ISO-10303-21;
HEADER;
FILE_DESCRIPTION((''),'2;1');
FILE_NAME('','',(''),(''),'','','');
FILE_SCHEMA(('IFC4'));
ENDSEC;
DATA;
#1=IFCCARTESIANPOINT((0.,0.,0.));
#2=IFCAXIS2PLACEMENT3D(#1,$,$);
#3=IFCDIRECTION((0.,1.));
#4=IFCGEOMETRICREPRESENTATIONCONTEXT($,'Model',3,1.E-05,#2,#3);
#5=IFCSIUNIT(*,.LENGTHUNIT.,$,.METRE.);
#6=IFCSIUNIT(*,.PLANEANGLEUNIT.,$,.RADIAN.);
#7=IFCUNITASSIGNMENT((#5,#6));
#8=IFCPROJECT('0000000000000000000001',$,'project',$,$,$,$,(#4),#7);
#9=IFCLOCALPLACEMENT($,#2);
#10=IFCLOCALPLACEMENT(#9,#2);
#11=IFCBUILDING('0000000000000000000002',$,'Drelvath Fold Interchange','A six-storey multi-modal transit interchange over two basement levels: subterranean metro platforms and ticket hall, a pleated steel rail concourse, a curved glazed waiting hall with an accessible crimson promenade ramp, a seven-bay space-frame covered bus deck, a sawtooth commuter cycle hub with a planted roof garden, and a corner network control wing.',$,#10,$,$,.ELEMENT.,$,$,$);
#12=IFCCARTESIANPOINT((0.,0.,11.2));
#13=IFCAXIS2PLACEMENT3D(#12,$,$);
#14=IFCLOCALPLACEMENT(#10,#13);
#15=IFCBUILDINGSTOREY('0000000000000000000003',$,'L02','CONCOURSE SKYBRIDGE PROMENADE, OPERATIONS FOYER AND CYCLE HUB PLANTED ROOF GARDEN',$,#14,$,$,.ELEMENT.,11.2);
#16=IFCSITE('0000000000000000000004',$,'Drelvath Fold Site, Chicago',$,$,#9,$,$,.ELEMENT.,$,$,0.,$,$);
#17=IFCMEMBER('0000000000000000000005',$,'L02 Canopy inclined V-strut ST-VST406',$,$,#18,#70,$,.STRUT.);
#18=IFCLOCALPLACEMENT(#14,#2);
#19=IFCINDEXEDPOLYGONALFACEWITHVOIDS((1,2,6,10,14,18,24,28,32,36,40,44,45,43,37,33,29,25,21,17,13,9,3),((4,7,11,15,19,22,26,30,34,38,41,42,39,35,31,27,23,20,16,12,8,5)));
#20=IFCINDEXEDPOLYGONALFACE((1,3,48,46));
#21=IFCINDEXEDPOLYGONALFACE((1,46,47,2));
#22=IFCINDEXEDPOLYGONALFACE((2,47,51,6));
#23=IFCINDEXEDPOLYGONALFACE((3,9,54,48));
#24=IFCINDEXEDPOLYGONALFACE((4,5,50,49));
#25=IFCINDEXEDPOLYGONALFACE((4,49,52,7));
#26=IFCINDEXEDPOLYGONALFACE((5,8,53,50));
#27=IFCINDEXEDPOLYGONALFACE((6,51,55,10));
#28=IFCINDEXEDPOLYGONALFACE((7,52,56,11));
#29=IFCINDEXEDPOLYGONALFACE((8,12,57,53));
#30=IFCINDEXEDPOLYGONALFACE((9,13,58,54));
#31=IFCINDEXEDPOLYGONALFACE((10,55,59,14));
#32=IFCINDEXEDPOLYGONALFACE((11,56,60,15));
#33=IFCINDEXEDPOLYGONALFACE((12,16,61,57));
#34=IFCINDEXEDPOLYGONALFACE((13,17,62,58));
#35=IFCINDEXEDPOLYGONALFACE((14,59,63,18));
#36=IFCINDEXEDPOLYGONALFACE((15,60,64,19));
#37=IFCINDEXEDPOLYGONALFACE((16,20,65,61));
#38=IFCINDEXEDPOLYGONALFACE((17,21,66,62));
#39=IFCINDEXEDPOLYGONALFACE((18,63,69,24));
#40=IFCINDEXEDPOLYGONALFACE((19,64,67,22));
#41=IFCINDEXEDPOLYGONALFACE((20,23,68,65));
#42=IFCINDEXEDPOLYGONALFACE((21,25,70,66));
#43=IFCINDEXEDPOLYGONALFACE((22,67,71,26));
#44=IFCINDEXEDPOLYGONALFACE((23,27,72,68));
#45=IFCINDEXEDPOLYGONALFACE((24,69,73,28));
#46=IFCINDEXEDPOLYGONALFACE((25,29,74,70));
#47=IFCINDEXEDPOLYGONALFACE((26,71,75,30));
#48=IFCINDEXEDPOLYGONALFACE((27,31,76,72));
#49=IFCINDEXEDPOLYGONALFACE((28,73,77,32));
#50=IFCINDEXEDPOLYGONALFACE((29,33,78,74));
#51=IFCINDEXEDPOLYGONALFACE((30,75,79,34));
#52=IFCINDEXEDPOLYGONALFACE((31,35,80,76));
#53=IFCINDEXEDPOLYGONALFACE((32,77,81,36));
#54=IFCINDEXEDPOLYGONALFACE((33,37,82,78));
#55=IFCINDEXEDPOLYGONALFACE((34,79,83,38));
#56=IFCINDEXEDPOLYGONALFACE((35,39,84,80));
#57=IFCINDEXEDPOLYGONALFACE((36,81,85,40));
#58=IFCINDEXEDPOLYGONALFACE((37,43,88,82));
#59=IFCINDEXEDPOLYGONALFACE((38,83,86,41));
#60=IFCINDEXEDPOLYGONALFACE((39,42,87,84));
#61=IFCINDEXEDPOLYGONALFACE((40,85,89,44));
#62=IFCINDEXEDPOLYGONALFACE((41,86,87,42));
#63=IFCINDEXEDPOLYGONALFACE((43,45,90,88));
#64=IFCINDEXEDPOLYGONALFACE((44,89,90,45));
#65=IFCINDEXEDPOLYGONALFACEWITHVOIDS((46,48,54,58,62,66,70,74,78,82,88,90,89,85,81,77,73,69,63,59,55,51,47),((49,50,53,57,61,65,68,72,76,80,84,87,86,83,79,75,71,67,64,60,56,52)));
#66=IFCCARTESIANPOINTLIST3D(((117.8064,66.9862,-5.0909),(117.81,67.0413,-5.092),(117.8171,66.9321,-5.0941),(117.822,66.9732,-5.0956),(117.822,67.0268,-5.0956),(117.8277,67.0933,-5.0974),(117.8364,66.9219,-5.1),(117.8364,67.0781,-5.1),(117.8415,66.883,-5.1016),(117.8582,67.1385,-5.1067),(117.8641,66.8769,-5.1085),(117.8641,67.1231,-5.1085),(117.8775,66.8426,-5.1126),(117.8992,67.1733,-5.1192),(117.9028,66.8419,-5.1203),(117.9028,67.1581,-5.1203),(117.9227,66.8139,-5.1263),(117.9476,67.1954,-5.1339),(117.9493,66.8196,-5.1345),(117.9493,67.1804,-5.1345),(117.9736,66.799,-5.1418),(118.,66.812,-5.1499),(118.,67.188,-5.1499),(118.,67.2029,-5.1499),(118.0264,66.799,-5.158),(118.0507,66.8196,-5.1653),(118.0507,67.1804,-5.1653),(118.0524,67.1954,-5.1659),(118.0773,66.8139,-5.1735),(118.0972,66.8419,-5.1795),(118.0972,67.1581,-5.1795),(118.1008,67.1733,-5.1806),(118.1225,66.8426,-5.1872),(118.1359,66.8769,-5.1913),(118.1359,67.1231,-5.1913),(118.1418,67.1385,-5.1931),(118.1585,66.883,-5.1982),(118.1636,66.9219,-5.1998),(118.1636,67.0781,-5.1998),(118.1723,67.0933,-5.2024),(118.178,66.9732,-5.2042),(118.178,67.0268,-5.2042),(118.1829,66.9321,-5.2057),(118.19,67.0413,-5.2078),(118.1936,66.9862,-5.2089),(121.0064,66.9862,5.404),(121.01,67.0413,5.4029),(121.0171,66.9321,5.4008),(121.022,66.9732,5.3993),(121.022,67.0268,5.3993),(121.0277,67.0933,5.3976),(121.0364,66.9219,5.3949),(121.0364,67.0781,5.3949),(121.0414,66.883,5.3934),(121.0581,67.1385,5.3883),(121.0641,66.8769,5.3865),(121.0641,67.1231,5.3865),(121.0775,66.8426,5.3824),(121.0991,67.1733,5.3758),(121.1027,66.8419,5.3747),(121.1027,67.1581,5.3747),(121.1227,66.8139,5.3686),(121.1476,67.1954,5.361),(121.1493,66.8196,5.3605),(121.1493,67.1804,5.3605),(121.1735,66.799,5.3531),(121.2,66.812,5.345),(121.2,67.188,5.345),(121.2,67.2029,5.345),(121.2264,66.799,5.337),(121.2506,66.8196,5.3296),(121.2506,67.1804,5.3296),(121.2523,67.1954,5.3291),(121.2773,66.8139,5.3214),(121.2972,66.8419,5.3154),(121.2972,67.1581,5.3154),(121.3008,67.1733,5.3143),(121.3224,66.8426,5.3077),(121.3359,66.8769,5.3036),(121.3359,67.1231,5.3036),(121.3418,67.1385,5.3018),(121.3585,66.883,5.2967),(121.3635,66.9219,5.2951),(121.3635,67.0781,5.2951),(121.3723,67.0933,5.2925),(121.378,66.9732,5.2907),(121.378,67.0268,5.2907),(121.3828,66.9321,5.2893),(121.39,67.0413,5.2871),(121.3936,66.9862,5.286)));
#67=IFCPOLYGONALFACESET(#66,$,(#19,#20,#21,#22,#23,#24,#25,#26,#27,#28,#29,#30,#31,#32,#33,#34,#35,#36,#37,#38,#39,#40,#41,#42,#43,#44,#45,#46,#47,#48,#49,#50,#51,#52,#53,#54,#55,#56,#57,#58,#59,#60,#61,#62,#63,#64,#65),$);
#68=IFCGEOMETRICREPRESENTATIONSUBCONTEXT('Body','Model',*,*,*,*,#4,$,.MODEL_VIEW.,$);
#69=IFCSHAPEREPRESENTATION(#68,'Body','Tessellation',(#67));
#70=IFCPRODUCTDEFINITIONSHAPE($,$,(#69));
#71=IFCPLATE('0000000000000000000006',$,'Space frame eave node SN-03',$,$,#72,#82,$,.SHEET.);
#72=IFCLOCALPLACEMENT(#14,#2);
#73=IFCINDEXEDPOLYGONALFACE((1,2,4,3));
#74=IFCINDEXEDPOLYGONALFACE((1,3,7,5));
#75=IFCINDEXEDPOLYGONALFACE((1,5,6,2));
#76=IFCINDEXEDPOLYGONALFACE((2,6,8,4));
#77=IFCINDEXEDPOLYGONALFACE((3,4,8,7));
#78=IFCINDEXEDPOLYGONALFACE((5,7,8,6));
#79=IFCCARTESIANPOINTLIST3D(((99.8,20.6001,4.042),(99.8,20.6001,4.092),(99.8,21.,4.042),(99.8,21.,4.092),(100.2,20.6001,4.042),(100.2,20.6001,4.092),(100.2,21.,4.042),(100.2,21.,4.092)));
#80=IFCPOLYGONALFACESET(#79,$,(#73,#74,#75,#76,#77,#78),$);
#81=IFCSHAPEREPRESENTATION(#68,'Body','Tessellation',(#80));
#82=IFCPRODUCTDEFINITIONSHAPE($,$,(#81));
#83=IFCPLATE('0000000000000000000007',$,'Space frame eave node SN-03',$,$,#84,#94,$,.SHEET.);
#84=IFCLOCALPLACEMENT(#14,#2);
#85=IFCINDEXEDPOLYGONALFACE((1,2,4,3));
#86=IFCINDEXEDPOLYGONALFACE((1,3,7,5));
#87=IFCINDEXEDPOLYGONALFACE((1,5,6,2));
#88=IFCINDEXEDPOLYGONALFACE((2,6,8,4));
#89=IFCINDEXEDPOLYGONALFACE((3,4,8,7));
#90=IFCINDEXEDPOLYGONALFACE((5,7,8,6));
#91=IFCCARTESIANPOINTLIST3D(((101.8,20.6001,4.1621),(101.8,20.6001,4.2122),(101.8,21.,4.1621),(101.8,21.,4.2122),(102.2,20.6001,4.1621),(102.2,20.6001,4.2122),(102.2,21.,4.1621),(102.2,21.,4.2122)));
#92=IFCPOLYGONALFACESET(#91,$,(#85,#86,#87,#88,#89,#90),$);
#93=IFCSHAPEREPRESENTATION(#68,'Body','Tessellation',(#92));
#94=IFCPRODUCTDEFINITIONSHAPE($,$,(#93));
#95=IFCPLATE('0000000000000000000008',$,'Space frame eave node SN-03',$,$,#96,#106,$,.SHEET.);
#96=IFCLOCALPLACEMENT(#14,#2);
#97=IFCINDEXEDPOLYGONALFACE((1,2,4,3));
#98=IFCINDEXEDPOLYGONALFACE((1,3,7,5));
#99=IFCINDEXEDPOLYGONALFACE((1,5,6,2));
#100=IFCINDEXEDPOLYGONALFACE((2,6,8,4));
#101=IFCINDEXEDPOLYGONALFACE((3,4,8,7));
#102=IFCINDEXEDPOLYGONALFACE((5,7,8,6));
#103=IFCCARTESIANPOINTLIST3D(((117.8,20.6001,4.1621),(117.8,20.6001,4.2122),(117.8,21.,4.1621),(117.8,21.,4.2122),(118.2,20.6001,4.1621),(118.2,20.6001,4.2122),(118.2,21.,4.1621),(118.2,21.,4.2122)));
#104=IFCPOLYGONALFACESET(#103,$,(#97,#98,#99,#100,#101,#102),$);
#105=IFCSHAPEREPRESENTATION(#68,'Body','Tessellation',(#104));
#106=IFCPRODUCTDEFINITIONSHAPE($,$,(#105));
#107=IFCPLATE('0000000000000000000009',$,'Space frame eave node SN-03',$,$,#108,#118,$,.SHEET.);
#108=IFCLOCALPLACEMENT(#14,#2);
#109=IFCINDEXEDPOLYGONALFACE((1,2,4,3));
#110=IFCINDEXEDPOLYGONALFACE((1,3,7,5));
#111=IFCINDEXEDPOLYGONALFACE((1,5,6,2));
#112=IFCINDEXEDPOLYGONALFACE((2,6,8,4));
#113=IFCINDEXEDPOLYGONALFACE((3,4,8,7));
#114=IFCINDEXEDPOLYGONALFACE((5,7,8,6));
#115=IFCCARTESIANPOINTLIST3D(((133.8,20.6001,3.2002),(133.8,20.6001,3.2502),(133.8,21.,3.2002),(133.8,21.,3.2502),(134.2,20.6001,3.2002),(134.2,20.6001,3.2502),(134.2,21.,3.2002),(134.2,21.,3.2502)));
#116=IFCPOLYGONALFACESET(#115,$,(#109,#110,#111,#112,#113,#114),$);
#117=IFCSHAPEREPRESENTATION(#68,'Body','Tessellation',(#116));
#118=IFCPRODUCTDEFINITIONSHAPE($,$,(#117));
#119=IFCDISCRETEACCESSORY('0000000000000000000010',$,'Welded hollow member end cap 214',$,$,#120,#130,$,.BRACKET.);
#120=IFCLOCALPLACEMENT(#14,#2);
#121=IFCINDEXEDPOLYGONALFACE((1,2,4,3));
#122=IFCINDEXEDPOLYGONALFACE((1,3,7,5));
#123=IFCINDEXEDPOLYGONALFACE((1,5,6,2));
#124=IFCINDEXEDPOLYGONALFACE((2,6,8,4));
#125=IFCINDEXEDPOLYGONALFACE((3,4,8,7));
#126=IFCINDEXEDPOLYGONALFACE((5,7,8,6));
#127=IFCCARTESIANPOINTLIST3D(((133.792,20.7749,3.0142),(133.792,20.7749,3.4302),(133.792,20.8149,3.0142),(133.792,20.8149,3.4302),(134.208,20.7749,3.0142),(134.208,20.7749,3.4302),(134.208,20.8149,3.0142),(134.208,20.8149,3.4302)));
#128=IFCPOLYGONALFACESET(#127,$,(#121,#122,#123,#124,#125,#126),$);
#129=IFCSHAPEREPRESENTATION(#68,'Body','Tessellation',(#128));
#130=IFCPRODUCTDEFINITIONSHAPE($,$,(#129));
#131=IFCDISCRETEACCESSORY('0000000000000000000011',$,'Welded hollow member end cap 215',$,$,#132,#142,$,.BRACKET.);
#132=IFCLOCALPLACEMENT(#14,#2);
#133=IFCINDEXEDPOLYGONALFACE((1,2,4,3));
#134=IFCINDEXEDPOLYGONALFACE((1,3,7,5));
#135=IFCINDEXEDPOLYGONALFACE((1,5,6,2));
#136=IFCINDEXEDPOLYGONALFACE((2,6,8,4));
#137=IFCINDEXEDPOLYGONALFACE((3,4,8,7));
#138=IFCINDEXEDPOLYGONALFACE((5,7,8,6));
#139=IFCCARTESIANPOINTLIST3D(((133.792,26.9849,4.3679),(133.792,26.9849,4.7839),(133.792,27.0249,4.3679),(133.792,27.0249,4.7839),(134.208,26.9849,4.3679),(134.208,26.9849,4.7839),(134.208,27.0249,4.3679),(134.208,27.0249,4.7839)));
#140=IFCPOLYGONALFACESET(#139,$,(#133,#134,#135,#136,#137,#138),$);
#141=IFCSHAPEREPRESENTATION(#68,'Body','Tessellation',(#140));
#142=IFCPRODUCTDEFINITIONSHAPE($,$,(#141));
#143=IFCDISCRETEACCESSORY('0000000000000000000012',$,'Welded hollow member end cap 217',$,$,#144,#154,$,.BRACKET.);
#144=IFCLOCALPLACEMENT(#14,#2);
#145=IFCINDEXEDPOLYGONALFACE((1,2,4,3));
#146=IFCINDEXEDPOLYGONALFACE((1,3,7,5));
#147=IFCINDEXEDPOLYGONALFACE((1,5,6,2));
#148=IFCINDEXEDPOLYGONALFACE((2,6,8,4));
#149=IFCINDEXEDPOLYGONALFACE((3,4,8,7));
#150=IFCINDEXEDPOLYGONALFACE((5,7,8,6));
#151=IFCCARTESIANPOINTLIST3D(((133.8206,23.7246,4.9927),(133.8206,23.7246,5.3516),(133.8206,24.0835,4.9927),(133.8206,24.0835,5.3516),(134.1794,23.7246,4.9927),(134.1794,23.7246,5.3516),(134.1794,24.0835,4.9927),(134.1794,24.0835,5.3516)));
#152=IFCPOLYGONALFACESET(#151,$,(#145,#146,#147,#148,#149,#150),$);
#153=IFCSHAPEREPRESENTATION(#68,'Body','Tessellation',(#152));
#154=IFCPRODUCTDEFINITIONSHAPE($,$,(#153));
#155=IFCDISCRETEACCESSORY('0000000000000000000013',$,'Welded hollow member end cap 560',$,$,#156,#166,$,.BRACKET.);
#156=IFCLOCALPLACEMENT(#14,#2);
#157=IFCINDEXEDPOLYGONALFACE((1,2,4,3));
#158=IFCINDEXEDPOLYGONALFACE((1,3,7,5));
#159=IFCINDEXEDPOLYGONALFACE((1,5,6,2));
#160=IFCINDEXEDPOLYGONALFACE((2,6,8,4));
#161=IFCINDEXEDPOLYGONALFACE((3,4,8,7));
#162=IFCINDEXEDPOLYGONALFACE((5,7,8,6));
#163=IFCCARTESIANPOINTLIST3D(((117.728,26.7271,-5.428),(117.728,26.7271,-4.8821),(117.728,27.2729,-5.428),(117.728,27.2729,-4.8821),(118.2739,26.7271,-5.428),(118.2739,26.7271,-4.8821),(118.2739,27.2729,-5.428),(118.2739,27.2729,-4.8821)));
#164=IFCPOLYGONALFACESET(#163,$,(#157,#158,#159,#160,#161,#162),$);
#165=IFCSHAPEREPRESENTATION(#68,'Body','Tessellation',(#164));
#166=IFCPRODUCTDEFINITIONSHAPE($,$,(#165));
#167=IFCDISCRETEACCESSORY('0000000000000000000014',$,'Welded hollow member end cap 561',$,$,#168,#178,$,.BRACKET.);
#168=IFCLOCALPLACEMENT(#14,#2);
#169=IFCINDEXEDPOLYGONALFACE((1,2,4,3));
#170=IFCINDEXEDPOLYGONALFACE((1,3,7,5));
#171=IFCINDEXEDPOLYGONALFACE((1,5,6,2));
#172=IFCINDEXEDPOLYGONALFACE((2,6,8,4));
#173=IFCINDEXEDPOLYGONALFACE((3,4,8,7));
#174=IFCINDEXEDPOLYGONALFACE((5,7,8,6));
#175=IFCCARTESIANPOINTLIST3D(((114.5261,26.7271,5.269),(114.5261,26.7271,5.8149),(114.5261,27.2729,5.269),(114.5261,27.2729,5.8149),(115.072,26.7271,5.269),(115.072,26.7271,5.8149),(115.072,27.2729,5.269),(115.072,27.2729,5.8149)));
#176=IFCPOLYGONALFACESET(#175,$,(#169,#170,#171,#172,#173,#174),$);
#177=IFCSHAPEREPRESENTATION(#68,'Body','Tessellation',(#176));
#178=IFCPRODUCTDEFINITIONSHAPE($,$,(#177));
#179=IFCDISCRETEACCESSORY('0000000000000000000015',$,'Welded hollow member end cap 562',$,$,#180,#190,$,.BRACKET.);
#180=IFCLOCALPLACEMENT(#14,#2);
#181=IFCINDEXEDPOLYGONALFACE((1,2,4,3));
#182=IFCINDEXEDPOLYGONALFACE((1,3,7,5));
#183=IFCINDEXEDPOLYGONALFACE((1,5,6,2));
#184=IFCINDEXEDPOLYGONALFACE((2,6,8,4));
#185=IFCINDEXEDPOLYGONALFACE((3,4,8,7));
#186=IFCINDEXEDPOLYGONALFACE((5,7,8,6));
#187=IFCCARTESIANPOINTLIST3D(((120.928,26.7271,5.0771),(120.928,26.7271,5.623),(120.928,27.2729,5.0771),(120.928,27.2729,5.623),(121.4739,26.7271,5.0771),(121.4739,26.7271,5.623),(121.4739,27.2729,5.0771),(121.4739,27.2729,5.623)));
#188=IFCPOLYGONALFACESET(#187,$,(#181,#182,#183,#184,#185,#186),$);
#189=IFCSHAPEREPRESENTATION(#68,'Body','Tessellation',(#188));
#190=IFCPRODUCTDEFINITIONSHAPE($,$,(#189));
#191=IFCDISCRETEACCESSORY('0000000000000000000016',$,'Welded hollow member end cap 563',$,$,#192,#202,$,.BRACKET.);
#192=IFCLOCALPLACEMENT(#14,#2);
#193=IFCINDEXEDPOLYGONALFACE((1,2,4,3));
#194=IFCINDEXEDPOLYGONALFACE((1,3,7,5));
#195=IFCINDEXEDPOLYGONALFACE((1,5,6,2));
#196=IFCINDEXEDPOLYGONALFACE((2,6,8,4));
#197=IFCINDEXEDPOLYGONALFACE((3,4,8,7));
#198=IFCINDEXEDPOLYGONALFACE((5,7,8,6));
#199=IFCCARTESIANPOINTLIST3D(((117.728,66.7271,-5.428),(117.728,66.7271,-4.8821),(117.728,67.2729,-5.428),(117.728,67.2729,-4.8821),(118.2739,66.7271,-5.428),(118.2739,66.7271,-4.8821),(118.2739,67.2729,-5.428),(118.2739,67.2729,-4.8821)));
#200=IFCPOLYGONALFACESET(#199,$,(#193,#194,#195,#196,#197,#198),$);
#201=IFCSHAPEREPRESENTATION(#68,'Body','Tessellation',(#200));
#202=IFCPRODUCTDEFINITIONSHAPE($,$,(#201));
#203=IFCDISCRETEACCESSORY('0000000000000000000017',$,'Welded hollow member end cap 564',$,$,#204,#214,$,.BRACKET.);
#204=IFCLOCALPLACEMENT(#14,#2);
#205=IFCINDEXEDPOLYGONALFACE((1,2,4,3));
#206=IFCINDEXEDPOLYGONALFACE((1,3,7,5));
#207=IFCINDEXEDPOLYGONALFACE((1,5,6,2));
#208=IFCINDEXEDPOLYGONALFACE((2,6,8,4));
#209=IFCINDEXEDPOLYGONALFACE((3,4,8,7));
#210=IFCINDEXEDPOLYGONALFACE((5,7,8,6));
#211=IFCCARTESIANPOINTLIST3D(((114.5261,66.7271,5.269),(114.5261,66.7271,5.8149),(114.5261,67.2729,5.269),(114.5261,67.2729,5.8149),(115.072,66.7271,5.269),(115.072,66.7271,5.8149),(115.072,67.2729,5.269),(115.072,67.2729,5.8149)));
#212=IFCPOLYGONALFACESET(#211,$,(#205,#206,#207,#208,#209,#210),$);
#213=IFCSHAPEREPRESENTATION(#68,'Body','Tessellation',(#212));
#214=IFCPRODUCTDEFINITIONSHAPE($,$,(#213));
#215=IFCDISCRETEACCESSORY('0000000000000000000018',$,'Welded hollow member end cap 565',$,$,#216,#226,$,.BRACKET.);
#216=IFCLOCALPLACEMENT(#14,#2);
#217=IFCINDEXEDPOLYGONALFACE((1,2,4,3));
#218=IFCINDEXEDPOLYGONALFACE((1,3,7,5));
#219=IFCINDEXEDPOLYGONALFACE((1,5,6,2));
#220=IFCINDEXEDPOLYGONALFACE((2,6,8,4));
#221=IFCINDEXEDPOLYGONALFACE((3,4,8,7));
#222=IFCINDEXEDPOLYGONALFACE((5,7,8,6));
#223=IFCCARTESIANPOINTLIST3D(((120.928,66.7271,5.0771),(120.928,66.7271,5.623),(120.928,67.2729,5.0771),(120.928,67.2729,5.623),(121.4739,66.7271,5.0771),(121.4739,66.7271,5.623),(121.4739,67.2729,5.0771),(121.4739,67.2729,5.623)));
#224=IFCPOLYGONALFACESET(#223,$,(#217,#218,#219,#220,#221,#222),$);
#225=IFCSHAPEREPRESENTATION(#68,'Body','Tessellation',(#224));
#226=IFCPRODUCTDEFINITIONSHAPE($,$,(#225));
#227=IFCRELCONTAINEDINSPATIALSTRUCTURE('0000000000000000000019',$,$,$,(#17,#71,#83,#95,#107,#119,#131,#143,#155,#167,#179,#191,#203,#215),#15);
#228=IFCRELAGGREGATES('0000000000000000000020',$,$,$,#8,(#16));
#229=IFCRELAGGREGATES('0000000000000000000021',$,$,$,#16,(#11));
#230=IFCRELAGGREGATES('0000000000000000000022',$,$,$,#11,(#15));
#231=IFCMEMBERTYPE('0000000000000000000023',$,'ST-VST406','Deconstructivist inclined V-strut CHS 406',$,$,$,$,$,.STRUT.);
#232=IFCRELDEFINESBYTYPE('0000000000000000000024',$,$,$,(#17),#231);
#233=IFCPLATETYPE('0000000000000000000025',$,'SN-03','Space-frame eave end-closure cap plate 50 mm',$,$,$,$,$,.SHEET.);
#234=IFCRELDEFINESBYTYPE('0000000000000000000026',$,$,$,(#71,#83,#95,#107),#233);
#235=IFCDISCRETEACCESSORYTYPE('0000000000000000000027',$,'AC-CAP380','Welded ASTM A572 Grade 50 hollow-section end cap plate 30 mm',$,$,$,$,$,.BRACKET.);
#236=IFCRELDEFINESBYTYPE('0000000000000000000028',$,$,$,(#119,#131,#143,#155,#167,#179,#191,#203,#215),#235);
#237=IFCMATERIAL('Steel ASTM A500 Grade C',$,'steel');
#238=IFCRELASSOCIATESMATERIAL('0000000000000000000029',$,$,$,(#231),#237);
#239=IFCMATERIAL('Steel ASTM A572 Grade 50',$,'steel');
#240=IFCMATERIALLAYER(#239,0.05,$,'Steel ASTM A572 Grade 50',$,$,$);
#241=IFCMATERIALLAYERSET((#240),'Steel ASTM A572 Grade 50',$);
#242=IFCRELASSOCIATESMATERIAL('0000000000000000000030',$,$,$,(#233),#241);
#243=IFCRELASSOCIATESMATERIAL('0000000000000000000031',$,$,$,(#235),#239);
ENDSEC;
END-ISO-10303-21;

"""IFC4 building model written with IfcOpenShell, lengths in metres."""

from ifc_helpers import new_model, si_unit, direction, frame, origin, origin_2d, place, context, subcontext, project, spatial, rectangle, hollow_circle, extrude, material, layer, layer_set, material_profile, profile_set, type_object, element, save


model = new_model("IFC4")

# Units and contexts
model_context = context("Model", 3, precision=1e-05, world=origin(), true_north=direction((0.0, 1.0)))
body_context = subcontext(model_context, "Body", "Model", "MODEL_VIEW")
ifc_project = project(units=[si_unit("LENGTHUNIT", "METRE"), si_unit("PLANEANGLEUNIT", "RADIAN")], contexts=[model_context])

# Site, building, storey
site_placement = place(None, origin())
site = spatial("IfcSite", under=ifc_project, at=site_placement, Name="Drelvath Fold Site, Chicago", CompositionType="ELEMENT", RefElevation=0.0)
building_placement = place(site_placement, origin())
building = spatial("IfcBuilding", under=site, at=building_placement, Name="Drelvath Fold Interchange", Description="A six-storey multi-modal transit interchange over two basement levels: subterranean metro platforms and ticket hall, a pleated steel rail concourse, a curved glazed waiting hall with an accessible crimson promenade ramp, a seven-bay space-frame covered bus deck, a sawtooth commuter cycle hub with a planted roof garden, and a corner network control wing.", CompositionType="ELEMENT")
storey_placement = place(building_placement, frame((0.0, 0.0, 11.2)))
storey = spatial("IfcBuildingStorey", under=building, at=storey_placement, Name="L02", Description="CONCOURSE SKYBRIDGE PROMENADE, OPERATIONS FOYER AND CYCLE HUB PLANTED ROOF GARDEN", CompositionType="ELEMENT", Elevation=11.2)

# Shared definitions
ifc_material_1 = material(Name="Steel ASTM A500 Grade C", Category="steel")

# Member
ifc_material_profile_1 = material_profile(ifc_material_1, hollow_circle(Radius=0.2029, WallThickness=0.0149, at=origin_2d()), Name="HSS16.000X0.625")
ifc_profile_set_1 = profile_set([ifc_material_profile_1], Name="Steel ASTM A500 Grade C")
member_type_1 = type_object("IfcMemberType", Name="ST-VST406", Description="Deconstructivist inclined V-strut CHS 406", PredefinedType="STRUT", material=ifc_profile_set_1)
member_1_placement = place(storey_placement, frame((118.0, 67.0, -5.1499), z_axis=(0.29165, 0.0, 0.956525), x_axis=(0.0, 1.0, 0.0)))
element("IfcMember", 1, at=member_1_placement, inside=storey, type_object=member_type_1, Name="L02 Canopy inclined V-strut ST-VST406", PredefinedType="STRUT", context=body_context, shape_type="SweptSolid", body=[
    extrude(hollow_circle(Radius=0.2029, WallThickness=0.0149, at=origin_2d()), origin(), (0.0, 0.0, 1.0), 10.9719),
])

# Plates
ifc_material_2 = material(Name="Steel ASTM A572 Grade 50", Category="steel")
ifc_layer = layer(ifc_material_2, 0.05, Name="Steel ASTM A572 Grade 50")
ifc_layer_set = layer_set([ifc_layer], Name="Steel ASTM A572 Grade 50")
plate_type = type_object("IfcPlateType", Name="SN-03", Description="Space-frame eave end-closure cap plate 50 mm", PredefinedType="SHEET", material=ifc_layer_set)
for number, where, z_axis, x_axis, name in (
    (2, (100.0, 20.8, 4.042), (0.0, 0.0, 1.0), (1.0, 0.0, 0.0), "Space frame eave node SN-03"),
    (3, (102.0, 20.8, 4.1621), (0.0, 0.0, 1.0), (1.0, 0.0, 0.0), "Space frame eave node SN-03"),
    (4, (118.0, 20.8, 4.1621), (0.0, 0.0, 1.0), (1.0, 0.0, 0.0), "Space frame eave node SN-03"),
    (5, (134.0, 20.8, 3.2002), (0.0, 0.0, 1.0), (1.0, 0.0, 0.0), "Space frame eave node SN-03"),
):
    element("IfcPlate", number, at=place(storey_placement, frame(where, z_axis=z_axis, x_axis=x_axis)), inside=storey, type_object=plate_type, Name=name, PredefinedType="SHEET", context=body_context, shape_type="SweptSolid", body=[
        extrude(rectangle(XDim=0.3999, YDim=0.3999, at=origin_2d()), origin(), (0.0, 0.0, 1.0), 0.05),
    ])

# Discrete accessories
discrete_accessory_type = type_object("IfcDiscreteAccessoryType", Name="AC-CAP380", Description="Welded ASTM A572 Grade 50 hollow-section end cap plate 30 mm", PredefinedType="BRACKET", material=ifc_material_2)
for number, where, z_axis, x_axis, name in (
    (6, (134.0, 20.7949, 3.0142), (0.0, 0.0, 1.0), (1.0, 0.0, 0.0), "Welded hollow member end cap 214"),
    (7, (134.0, 27.0049, 4.3679), (0.0, 0.0, 1.0), (1.0, 0.0, 0.0), "Welded hollow member end cap 215"),
):
    element("IfcDiscreteAccessory", number, at=place(storey_placement, frame(where, z_axis=z_axis, x_axis=x_axis)), inside=storey, type_object=discrete_accessory_type, Name=name, PredefinedType="BRACKET", context=body_context, shape_type="SweptSolid", body=[
        extrude(rectangle(XDim=0.416, YDim=0.04, at=origin_2d()), origin(), (0.0, 0.0, 1.0), 0.416),
    ])
discrete_accessory_placement = place(storey_placement, frame((134.0, 23.9041, 4.9927), z_axis=(0.0, 0.0, 1.0), x_axis=(1.0, 0.0, 0.0)))
element("IfcDiscreteAccessory", 8, at=discrete_accessory_placement, inside=storey, type_object=discrete_accessory_type, Name="Welded hollow member end cap 217", PredefinedType="BRACKET", context=body_context, shape_type="SweptSolid", body=[
    extrude(rectangle(XDim=0.3589, YDim=0.3589, at=origin_2d()), origin(), (0.0, 0.0, 1.0), 0.3589),
])
for number, where, z_axis, x_axis, name in (
    (9, (118.001, 27.0, -5.428), (0.0, 0.0, 1.0), (1.0, 0.0, 0.0), "Welded hollow member end cap 560"),
    (10, (114.7991, 27.0, 5.269), (0.0, 0.0, 1.0), (1.0, 0.0, 0.0), "Welded hollow member end cap 561"),
    (11, (121.2009, 27.0, 5.0771), (0.0, 0.0, 1.0), (1.0, 0.0, 0.0), "Welded hollow member end cap 562"),
    (12, (118.001, 67.0, -5.428), (0.0, 0.0, 1.0), (1.0, 0.0, 0.0), "Welded hollow member end cap 563"),
    (13, (114.7991, 67.0, 5.269), (0.0, 0.0, 1.0), (1.0, 0.0, 0.0), "Welded hollow member end cap 564"),
    (14, (121.2009, 67.0, 5.0771), (0.0, 0.0, 1.0), (1.0, 0.0, 0.0), "Welded hollow member end cap 565"),
):
    element("IfcDiscreteAccessory", number, at=place(storey_placement, frame(where, z_axis=z_axis, x_axis=x_axis)), inside=storey, type_object=discrete_accessory_type, Name=name, PredefinedType="BRACKET", context=body_context, shape_type="SweptSolid", body=[
        extrude(rectangle(XDim=0.5459, YDim=0.5459, at=origin_2d()), origin(), (0.0, 0.0, 1.0), 0.5459),
    ])

save(model, "model.ifc")
